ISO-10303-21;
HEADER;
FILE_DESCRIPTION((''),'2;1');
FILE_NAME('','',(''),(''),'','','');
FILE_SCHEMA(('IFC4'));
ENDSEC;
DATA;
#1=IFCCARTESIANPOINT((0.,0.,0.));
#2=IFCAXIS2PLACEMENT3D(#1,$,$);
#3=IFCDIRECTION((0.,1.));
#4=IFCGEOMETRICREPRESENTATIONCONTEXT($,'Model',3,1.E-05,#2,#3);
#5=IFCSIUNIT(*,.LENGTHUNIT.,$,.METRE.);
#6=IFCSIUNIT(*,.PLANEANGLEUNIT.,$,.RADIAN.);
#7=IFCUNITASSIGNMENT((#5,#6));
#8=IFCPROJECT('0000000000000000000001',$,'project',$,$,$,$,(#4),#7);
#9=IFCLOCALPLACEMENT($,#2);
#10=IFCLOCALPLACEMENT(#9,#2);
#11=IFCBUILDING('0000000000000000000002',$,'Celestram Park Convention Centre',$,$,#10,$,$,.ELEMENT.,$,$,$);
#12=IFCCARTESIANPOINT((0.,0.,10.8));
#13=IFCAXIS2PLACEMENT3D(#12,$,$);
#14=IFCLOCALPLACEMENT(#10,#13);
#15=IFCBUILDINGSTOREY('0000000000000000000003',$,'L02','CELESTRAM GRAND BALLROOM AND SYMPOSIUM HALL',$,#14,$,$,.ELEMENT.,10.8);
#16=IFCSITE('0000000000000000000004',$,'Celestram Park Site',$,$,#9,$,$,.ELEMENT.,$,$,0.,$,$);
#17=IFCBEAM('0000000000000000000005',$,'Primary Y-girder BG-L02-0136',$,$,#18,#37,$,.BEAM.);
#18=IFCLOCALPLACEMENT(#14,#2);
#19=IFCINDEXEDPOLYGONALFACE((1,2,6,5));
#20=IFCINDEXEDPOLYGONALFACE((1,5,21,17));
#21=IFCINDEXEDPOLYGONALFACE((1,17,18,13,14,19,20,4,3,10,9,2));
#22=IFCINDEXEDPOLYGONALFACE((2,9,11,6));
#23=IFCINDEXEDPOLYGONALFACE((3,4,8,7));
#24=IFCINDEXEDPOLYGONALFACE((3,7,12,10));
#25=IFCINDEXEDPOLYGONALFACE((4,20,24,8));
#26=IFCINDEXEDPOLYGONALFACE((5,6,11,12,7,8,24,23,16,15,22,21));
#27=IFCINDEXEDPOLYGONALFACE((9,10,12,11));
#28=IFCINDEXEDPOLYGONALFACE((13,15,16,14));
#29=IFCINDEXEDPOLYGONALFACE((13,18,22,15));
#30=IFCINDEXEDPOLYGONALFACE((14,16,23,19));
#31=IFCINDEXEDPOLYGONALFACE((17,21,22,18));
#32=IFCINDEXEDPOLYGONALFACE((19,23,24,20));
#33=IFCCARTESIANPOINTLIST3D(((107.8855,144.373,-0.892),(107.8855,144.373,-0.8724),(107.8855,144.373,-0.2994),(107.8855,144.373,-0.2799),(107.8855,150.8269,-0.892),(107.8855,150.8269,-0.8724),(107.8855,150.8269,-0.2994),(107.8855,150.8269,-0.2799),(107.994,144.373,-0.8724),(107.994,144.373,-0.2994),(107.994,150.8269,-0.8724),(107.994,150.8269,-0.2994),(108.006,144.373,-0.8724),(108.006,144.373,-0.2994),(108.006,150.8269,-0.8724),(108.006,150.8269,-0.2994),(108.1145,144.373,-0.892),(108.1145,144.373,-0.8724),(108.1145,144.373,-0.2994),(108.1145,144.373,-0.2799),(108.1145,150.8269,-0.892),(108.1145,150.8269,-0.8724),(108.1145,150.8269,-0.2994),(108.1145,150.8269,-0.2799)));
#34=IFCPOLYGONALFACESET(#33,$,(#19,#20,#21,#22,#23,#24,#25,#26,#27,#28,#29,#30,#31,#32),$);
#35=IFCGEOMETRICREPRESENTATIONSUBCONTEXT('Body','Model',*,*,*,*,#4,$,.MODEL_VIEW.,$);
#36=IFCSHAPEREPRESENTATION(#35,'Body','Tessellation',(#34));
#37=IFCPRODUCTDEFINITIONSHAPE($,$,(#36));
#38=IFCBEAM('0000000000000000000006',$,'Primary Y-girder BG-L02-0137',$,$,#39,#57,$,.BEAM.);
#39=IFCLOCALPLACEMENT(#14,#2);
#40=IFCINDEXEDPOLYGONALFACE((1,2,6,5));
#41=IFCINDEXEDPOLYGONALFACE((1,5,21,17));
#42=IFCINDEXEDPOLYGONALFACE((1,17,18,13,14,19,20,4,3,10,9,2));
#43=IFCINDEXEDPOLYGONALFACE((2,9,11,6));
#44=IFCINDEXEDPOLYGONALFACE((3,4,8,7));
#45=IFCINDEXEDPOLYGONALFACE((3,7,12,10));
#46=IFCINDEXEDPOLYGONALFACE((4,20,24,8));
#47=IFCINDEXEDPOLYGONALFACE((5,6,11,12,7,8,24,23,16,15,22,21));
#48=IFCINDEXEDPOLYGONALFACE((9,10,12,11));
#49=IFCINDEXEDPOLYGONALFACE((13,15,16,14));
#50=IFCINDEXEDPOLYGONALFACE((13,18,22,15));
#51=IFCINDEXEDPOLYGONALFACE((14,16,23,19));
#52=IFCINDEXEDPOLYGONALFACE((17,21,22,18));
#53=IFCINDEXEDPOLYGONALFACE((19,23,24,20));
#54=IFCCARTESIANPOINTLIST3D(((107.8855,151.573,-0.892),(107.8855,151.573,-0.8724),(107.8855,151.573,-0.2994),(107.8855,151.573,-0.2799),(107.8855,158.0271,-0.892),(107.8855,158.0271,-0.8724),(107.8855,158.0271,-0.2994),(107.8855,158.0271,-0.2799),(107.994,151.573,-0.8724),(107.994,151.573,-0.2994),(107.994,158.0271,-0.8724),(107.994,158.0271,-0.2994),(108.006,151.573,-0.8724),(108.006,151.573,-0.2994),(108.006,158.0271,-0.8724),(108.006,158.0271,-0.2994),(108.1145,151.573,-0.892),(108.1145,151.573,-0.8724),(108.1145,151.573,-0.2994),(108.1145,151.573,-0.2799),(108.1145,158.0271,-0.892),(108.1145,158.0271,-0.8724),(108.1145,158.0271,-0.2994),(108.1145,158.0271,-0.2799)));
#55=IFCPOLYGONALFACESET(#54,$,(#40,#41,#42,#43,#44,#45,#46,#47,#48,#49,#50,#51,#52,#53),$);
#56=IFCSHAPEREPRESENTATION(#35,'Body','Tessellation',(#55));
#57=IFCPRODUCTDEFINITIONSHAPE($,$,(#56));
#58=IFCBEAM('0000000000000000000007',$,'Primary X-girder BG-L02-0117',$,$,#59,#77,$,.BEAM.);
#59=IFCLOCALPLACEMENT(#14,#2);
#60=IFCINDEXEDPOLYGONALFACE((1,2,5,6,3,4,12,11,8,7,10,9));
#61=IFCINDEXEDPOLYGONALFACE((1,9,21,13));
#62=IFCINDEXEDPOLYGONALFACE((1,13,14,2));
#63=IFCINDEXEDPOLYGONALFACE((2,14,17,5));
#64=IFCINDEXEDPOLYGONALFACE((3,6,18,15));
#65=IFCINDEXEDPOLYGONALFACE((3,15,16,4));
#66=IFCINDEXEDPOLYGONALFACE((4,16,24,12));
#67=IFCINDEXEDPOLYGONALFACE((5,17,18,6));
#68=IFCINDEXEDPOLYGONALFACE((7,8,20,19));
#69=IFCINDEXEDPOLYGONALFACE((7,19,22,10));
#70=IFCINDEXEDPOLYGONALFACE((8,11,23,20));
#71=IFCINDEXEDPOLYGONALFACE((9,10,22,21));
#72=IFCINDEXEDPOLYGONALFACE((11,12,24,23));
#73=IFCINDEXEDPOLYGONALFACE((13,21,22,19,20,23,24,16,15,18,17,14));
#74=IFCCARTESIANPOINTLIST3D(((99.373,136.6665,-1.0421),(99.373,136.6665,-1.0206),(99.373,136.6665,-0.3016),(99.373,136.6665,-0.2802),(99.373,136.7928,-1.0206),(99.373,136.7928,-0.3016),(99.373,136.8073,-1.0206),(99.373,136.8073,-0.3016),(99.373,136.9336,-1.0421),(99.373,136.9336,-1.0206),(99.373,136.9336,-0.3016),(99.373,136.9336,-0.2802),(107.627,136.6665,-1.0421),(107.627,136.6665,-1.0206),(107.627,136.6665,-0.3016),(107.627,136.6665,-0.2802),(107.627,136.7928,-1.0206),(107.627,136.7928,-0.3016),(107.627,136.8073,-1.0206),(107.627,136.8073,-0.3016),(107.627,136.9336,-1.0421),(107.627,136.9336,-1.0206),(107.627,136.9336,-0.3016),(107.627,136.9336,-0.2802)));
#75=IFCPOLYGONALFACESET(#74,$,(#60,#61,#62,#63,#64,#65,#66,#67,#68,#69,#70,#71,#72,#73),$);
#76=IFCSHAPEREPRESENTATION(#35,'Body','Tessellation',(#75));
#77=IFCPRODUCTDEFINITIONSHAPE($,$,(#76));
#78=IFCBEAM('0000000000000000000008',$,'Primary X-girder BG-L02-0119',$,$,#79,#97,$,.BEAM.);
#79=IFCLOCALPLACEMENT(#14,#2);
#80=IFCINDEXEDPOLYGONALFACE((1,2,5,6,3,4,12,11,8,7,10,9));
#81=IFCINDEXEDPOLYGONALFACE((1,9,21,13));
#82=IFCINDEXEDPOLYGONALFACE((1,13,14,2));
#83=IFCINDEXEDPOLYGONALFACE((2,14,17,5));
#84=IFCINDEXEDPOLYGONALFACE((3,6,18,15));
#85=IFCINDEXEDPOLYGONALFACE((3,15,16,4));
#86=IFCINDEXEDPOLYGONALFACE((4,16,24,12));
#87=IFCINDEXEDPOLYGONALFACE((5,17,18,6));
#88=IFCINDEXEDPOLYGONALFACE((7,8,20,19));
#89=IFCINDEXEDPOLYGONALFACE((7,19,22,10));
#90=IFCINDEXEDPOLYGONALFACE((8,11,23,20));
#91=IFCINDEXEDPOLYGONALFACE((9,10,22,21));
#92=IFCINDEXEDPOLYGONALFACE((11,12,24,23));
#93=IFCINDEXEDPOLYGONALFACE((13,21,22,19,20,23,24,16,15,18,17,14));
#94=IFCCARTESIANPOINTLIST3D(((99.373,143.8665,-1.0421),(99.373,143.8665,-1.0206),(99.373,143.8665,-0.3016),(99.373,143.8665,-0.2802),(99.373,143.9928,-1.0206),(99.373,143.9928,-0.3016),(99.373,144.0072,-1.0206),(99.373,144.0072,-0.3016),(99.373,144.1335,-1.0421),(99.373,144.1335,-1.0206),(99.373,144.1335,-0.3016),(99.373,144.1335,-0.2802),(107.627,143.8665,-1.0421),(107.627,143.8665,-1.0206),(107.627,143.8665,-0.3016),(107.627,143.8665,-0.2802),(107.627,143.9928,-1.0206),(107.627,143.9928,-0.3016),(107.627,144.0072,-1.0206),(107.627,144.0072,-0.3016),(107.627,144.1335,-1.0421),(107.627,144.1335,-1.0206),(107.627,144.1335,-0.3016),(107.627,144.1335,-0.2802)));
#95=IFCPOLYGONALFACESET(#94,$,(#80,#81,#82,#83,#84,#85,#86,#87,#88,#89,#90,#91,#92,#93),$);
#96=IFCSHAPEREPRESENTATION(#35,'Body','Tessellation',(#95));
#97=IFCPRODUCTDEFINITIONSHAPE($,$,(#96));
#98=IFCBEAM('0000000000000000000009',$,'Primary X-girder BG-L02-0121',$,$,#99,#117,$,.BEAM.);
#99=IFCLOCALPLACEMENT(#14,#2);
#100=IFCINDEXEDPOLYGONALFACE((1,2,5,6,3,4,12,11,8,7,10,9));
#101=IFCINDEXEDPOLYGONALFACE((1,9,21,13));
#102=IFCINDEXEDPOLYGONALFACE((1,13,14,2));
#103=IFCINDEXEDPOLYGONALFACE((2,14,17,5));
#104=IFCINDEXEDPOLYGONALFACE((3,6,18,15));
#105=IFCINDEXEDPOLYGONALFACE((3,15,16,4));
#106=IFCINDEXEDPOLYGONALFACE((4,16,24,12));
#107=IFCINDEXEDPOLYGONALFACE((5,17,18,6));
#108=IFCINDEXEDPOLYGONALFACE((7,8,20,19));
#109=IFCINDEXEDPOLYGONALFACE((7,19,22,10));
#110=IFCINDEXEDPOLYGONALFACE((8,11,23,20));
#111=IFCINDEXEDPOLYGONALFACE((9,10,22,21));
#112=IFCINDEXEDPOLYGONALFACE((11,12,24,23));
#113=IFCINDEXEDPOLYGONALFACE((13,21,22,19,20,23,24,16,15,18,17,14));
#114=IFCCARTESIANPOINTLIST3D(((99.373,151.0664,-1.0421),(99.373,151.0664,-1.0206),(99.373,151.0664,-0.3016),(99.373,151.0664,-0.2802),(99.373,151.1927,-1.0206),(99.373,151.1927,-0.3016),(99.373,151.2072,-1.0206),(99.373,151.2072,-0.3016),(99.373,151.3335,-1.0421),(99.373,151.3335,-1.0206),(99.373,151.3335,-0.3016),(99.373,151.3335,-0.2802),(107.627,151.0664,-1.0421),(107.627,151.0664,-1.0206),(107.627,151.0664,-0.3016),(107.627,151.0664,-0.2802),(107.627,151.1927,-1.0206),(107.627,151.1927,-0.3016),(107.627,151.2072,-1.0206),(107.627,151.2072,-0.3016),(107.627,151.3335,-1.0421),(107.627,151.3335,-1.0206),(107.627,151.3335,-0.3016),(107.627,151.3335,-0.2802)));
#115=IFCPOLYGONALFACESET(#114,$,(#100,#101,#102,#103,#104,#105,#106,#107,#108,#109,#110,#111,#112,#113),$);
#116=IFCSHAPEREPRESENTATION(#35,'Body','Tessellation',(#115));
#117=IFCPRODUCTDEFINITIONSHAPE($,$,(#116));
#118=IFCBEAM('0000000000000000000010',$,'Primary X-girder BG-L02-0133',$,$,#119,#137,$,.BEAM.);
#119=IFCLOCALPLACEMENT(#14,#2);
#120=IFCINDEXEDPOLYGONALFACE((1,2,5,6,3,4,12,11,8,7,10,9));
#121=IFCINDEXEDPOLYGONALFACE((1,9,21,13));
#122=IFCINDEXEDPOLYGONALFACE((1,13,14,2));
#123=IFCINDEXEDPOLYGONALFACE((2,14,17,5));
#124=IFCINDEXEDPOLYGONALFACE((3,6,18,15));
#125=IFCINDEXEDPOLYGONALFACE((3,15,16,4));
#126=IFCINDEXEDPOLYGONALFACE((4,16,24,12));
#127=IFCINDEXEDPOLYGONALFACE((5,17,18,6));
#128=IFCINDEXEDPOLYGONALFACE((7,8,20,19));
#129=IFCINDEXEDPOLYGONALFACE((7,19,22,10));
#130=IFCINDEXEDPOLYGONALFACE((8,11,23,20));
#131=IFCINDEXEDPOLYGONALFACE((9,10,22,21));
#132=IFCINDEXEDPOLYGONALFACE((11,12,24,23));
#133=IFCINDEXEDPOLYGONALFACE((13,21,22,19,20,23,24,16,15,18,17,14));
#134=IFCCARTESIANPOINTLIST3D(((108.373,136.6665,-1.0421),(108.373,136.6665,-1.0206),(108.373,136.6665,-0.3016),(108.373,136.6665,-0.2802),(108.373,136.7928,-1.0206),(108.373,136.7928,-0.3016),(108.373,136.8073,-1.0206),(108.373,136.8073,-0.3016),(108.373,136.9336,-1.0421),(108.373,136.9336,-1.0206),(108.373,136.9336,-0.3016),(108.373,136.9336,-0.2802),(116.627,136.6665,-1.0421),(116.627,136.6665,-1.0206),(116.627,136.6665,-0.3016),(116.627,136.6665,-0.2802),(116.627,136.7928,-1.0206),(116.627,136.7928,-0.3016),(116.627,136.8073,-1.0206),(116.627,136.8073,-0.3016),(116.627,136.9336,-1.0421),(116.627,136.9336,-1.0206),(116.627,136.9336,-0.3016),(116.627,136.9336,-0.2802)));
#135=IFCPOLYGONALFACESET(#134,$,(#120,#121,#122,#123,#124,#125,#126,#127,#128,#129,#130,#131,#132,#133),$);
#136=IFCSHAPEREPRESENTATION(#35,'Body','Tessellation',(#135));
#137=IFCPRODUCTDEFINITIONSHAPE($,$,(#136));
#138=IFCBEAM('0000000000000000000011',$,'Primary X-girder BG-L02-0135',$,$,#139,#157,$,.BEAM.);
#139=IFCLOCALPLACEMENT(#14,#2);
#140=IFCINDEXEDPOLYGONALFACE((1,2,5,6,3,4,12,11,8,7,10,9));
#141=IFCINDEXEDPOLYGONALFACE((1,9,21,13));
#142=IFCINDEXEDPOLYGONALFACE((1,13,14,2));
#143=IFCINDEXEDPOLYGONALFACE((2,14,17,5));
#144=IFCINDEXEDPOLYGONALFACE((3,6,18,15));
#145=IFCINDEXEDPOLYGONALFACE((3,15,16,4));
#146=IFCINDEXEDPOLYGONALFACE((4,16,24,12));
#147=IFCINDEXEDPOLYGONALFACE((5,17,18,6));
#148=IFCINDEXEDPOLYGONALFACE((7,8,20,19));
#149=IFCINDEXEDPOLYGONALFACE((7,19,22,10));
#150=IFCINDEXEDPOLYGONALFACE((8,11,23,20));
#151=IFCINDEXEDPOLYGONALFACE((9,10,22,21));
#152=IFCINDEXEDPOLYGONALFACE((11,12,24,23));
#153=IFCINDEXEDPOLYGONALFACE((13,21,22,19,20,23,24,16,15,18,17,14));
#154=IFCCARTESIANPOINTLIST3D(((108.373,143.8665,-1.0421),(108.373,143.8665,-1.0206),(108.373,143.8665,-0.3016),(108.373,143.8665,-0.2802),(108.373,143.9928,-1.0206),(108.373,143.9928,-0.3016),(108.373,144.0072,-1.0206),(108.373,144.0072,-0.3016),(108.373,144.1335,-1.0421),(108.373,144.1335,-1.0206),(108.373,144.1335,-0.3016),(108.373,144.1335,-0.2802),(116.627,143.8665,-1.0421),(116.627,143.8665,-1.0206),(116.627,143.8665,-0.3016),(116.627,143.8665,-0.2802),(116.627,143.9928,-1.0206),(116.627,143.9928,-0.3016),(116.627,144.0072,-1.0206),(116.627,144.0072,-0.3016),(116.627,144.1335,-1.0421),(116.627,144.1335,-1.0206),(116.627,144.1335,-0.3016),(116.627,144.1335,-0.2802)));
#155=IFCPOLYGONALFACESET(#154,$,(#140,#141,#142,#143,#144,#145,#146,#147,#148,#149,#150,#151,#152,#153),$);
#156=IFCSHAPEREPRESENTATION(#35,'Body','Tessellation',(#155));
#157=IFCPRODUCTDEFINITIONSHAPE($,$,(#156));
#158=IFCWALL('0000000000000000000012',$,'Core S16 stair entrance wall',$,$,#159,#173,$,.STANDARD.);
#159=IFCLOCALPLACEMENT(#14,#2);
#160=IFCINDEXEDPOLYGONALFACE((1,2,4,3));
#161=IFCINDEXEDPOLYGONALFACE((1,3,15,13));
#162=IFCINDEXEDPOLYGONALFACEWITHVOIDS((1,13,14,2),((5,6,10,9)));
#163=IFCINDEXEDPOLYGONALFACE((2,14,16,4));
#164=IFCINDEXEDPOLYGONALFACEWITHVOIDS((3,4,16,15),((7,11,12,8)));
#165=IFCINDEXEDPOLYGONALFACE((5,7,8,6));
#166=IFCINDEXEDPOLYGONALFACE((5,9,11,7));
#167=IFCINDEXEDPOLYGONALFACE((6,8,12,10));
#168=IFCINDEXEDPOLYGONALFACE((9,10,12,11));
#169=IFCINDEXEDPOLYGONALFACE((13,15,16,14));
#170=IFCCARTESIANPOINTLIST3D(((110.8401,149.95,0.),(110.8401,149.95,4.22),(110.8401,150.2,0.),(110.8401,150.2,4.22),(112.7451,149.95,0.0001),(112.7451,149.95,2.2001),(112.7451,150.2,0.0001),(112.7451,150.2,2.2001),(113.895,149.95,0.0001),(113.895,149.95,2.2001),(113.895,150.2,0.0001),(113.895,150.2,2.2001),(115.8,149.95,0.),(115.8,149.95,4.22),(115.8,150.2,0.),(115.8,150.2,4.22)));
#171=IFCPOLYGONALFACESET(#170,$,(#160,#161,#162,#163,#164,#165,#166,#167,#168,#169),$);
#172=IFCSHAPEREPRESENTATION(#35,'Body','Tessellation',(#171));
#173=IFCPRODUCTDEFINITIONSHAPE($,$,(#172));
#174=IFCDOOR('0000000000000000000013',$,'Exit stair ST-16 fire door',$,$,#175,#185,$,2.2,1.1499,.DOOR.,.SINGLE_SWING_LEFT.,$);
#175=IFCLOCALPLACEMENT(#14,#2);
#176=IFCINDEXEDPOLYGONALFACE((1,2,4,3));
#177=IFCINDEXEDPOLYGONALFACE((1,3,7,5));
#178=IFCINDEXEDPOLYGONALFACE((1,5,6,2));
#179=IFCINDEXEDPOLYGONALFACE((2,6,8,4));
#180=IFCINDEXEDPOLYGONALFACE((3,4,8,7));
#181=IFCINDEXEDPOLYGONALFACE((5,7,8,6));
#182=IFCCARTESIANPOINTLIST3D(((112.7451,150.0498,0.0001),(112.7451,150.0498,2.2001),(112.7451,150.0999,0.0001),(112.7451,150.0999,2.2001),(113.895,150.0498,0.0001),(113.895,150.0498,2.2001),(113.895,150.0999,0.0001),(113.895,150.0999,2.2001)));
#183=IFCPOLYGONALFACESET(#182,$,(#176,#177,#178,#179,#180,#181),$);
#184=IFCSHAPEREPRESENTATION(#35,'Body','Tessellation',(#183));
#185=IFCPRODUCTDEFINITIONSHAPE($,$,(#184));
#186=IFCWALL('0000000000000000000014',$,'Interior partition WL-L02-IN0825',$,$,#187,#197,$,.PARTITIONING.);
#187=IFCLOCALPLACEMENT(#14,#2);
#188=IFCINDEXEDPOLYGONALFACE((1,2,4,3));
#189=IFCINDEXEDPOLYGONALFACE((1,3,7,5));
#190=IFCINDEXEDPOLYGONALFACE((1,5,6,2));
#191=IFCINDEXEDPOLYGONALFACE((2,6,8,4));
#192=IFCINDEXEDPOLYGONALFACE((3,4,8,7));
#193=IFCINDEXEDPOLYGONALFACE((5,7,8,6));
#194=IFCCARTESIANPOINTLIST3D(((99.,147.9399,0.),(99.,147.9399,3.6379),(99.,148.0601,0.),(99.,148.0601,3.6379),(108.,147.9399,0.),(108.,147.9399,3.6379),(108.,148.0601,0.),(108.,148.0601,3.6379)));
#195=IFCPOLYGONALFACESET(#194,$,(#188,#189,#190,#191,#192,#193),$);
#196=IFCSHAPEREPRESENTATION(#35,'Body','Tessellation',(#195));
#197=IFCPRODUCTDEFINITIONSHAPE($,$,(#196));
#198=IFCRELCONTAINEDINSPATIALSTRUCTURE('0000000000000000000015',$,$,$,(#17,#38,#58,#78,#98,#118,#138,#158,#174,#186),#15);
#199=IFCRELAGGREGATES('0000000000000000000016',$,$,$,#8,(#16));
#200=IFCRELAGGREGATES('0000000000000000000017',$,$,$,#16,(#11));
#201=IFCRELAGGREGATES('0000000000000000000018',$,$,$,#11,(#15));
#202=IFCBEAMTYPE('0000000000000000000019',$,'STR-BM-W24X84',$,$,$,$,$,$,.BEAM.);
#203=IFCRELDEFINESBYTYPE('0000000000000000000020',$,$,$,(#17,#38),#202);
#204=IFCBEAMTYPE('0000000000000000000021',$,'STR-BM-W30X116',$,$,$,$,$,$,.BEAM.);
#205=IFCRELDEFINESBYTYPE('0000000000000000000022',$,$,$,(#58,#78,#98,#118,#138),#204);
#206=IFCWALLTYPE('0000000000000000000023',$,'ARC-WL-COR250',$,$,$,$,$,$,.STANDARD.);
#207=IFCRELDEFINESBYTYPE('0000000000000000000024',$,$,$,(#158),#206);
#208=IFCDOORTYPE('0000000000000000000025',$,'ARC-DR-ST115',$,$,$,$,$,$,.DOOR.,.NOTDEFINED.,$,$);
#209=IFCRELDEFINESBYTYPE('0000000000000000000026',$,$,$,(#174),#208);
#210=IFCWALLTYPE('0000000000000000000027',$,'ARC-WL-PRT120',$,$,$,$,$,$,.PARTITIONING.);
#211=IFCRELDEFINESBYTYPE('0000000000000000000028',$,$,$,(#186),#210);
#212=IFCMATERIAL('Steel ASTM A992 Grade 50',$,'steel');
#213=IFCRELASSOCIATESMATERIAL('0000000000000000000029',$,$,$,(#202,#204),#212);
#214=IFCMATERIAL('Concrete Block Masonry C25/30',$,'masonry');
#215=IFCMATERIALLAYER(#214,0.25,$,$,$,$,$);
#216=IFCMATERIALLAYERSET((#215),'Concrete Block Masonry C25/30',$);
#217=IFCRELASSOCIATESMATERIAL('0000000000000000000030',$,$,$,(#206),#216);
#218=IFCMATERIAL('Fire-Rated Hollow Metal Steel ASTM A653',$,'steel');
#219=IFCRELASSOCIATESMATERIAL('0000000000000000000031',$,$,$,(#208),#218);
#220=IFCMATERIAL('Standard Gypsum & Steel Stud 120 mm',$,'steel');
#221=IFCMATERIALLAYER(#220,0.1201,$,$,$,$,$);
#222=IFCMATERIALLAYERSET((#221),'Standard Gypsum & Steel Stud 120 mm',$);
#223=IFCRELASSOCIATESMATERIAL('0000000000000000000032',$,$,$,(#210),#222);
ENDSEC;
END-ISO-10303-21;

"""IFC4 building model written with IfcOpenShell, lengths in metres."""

from ifc_helpers import new_model, si_unit, direction, frame, frame_2d, origin, origin_2d, place, context, subcontext, project, spatial, rectangle, i_section, extrude, material, layer, layer_set, material_profile, profile_set, type_object, element, fill, save


model = new_model("IFC4")

# Units and contexts
model_context = context("Model", 3, precision=1e-05, world=origin(), true_north=direction((0.0, 1.0)))
body_context = subcontext(model_context, "Body", "Model", "MODEL_VIEW")
ifc_project = project(units=[si_unit("LENGTHUNIT", "METRE"), si_unit("PLANEANGLEUNIT", "RADIAN")], contexts=[model_context])

# Site, building, storey
site_placement = place(None, origin())
site = spatial("IfcSite", under=ifc_project, at=site_placement, Name="Celestram Park Site", CompositionType="ELEMENT", RefElevation=0.0)
building_placement = place(site_placement, origin())
building = spatial("IfcBuilding", under=site, at=building_placement, Name="Celestram Park Convention Centre", CompositionType="ELEMENT")
storey_placement = place(building_placement, frame((0.0, 0.0, 10.8)))
storey = spatial("IfcBuildingStorey", under=building, at=storey_placement, Name="L02", Description="CELESTRAM GRAND BALLROOM AND SYMPOSIUM HALL", CompositionType="ELEMENT", Elevation=10.8)

# Beams
ifc_material_1 = material(Name="Steel ASTM A992 Grade 50", Category="steel")
ifc_material_profile_1 = material_profile(ifc_material_1, i_section(OverallWidth=0.229, OverallDepth=0.6121, WebThickness=0.012, FlangeThickness=0.0195, at=origin_2d()), Name="W24X84")
ifc_profile_set_1 = profile_set([ifc_material_profile_1], Name="Steel ASTM A992 Grade 50")
beam_type_1 = type_object("IfcBeamType", Name="STR-BM-W24X84", PredefinedType="BEAM", material=ifc_profile_set_1)
for number, where, z_axis, x_axis, name in (
    (1, (108.0, 144.373, -0.5859), (0.0, 1.0, 0.0), (-1.0, 0.0, 0.0), "Primary Y-girder BG-L02-0136"),
):
    element("IfcBeam", number, at=place(storey_placement, frame(where, z_axis=z_axis, x_axis=x_axis)), inside=storey, type_object=beam_type_1, Name=name, PredefinedType="BEAM", context=body_context, shape_type="SweptSolid", body=[
        extrude(i_section(OverallWidth=0.229, OverallDepth=0.6121, WebThickness=0.012, FlangeThickness=0.0195, at=origin_2d()), origin(), (0.0, 0.0, 1.0), 6.4539),
    ])
beam_1_placement = place(storey_placement, frame((108.0, 151.573, -0.5859), z_axis=(0.0, 1.0, 0.0), x_axis=(-1.0, 0.0, 0.0)))
element("IfcBeam", 2, at=beam_1_placement, inside=storey, type_object=beam_type_1, Name="Primary Y-girder BG-L02-0137", PredefinedType="BEAM", context=body_context, shape_type="SweptSolid", body=[
    extrude(i_section(OverallWidth=0.229, OverallDepth=0.6121, WebThickness=0.012, FlangeThickness=0.0195, at=origin_2d()), origin(), (0.0, 0.0, 1.0), 6.4541),
])
ifc_material_profile_2 = material_profile(ifc_material_1, i_section(OverallWidth=0.2671, OverallDepth=0.762, WebThickness=0.0144, FlangeThickness=0.0215, at=origin_2d()), Name="W30X116")
ifc_profile_set_2 = profile_set([ifc_material_profile_2], Name="Steel ASTM A992 Grade 50")
beam_type_2 = type_object("IfcBeamType", Name="STR-BM-W30X116", PredefinedType="BEAM", material=ifc_profile_set_2)
for number, where, z_axis, x_axis, name in (
    (3, (99.373, 136.8, -0.6611), (1.0, 0.0, 0.0), (0.0, 1.0, 0.0), "Primary X-girder BG-L02-0117"),
    (4, (99.373, 144.0, -0.6611), (1.0, 0.0, 0.0), (0.0, 1.0, 0.0), "Primary X-girder BG-L02-0119"),
    (5, (99.373, 151.2, -0.6611), (1.0, 0.0, 0.0), (0.0, 1.0, 0.0), "Primary X-girder BG-L02-0121"),
    (6, (108.373, 136.8, -0.6611), (1.0, 0.0, 0.0), (0.0, 1.0, 0.0), "Primary X-girder BG-L02-0133"),
    (7, (108.373, 144.0, -0.6611), (1.0, 0.0, 0.0), (0.0, 1.0, 0.0), "Primary X-girder BG-L02-0135"),
):
    element("IfcBeam", number, at=place(storey_placement, frame(where, z_axis=z_axis, x_axis=x_axis)), inside=storey, type_object=beam_type_2, Name=name, PredefinedType="BEAM", context=body_context, shape_type="SweptSolid", body=[
        extrude(i_section(OverallWidth=0.2671, OverallDepth=0.762, WebThickness=0.0144, FlangeThickness=0.0215, at=origin_2d()), origin(), (0.0, 0.0, 1.0), 8.2539),
    ])

# Wall, opening, door
ifc_material_2 = material(Name="Concrete Block Masonry C25/30", Category="masonry")
ifc_layer_1 = layer(ifc_material_2, 0.25)
ifc_layer_set_1 = layer_set([ifc_layer_1], Name="Concrete Block Masonry C25/30")
wall_type_1 = type_object("IfcWallType", Name="ARC-WL-COR250", PredefinedType="STANDARD", material=ifc_layer_set_1)
wall_1_placement = place(storey_placement, frame((110.8401, 150.075, 0.0), z_axis=(0.0, 0.0, 1.0), x_axis=(1.0, 0.0, 0.0)))
wall_1 = element("IfcWall", 8, at=wall_1_placement, inside=storey, type_object=wall_type_1, Name="Core S16 stair entrance wall", PredefinedType="STANDARD", context=body_context, shape_type="SweptSolid", body=[
    extrude(rectangle(XDim=4.96, YDim=0.25, at=frame_2d((2.48, 0.0))), origin(), (0.0, 0.0, 1.0), 4.22),
])
opening_placement = place(wall_1_placement, frame((1.905, 0.0, 0.0)))
opening = element("IfcOpeningElement", 9, at=opening_placement, cuts=wall_1, PredefinedType="OPENING", context=body_context, shape_type="SweptSolid", body=[
    extrude(rectangle(XDim=1.1499, YDim=2.2, at=frame_2d((0.575, 1.1001))), frame((0.0, 0.135, 0.0), z_axis=(0.0, -1.0, 0.0), x_axis=(1.0, 0.0, 0.0)), (0.0, 0.0, 1.0), 0.27),
])
ifc_material_3 = material(Name="Fire-Rated Hollow Metal Steel ASTM A653", Category="steel")
door_type = type_object("IfcDoorType", Name="ARC-DR-ST115", OperationType="NOTDEFINED", PredefinedType="DOOR", material=ifc_material_3)
door_placement = place(opening_placement, origin())
door = element("IfcDoor", 10, at=door_placement, inside=storey, type_object=door_type, Name="Exit stair ST-16 fire door", OperationType="SINGLE_SWING_LEFT", OverallHeight=2.2, OverallWidth=1.1499, PredefinedType="DOOR", context=body_context, shape_type="SweptSolid", body=[
    extrude(rectangle(XDim=1.1499, YDim=2.2, at=frame_2d((0.575, 1.1001))), frame((0.0, 0.0249, 0.0), z_axis=(0.0, -1.0, 0.0), x_axis=(1.0, 0.0, 0.0)), (0.0, 0.0, 1.0), 0.05),
])
fill(opening, door)

# Wall
ifc_material_4 = material(Name="Standard Gypsum & Steel Stud 120 mm", Category="steel")
ifc_layer_2 = layer(ifc_material_4, 0.1201)
ifc_layer_set_2 = layer_set([ifc_layer_2], Name="Standard Gypsum & Steel Stud 120 mm")
wall_type_2 = type_object("IfcWallType", Name="ARC-WL-PRT120", PredefinedType="PARTITIONING", material=ifc_layer_set_2)
for number, where, z_axis, x_axis, name in (
    (11, (99.0, 148.0, 0.0), (0.0, 0.0, 1.0), (1.0, 0.0, 0.0), "Interior partition WL-L02-IN0825"),
):
    element("IfcWall", number, at=place(storey_placement, frame(where, z_axis=z_axis, x_axis=x_axis)), inside=storey, type_object=wall_type_2, Name=name, PredefinedType="PARTITIONING", context=body_context, shape_type="SweptSolid", body=[
        extrude(rectangle(XDim=9.0, YDim=0.1201, at=frame_2d((4.5, 0.0))), origin(), (0.0, 0.0, 1.0), 3.6379),
    ])

save(model, "model.ifc")
